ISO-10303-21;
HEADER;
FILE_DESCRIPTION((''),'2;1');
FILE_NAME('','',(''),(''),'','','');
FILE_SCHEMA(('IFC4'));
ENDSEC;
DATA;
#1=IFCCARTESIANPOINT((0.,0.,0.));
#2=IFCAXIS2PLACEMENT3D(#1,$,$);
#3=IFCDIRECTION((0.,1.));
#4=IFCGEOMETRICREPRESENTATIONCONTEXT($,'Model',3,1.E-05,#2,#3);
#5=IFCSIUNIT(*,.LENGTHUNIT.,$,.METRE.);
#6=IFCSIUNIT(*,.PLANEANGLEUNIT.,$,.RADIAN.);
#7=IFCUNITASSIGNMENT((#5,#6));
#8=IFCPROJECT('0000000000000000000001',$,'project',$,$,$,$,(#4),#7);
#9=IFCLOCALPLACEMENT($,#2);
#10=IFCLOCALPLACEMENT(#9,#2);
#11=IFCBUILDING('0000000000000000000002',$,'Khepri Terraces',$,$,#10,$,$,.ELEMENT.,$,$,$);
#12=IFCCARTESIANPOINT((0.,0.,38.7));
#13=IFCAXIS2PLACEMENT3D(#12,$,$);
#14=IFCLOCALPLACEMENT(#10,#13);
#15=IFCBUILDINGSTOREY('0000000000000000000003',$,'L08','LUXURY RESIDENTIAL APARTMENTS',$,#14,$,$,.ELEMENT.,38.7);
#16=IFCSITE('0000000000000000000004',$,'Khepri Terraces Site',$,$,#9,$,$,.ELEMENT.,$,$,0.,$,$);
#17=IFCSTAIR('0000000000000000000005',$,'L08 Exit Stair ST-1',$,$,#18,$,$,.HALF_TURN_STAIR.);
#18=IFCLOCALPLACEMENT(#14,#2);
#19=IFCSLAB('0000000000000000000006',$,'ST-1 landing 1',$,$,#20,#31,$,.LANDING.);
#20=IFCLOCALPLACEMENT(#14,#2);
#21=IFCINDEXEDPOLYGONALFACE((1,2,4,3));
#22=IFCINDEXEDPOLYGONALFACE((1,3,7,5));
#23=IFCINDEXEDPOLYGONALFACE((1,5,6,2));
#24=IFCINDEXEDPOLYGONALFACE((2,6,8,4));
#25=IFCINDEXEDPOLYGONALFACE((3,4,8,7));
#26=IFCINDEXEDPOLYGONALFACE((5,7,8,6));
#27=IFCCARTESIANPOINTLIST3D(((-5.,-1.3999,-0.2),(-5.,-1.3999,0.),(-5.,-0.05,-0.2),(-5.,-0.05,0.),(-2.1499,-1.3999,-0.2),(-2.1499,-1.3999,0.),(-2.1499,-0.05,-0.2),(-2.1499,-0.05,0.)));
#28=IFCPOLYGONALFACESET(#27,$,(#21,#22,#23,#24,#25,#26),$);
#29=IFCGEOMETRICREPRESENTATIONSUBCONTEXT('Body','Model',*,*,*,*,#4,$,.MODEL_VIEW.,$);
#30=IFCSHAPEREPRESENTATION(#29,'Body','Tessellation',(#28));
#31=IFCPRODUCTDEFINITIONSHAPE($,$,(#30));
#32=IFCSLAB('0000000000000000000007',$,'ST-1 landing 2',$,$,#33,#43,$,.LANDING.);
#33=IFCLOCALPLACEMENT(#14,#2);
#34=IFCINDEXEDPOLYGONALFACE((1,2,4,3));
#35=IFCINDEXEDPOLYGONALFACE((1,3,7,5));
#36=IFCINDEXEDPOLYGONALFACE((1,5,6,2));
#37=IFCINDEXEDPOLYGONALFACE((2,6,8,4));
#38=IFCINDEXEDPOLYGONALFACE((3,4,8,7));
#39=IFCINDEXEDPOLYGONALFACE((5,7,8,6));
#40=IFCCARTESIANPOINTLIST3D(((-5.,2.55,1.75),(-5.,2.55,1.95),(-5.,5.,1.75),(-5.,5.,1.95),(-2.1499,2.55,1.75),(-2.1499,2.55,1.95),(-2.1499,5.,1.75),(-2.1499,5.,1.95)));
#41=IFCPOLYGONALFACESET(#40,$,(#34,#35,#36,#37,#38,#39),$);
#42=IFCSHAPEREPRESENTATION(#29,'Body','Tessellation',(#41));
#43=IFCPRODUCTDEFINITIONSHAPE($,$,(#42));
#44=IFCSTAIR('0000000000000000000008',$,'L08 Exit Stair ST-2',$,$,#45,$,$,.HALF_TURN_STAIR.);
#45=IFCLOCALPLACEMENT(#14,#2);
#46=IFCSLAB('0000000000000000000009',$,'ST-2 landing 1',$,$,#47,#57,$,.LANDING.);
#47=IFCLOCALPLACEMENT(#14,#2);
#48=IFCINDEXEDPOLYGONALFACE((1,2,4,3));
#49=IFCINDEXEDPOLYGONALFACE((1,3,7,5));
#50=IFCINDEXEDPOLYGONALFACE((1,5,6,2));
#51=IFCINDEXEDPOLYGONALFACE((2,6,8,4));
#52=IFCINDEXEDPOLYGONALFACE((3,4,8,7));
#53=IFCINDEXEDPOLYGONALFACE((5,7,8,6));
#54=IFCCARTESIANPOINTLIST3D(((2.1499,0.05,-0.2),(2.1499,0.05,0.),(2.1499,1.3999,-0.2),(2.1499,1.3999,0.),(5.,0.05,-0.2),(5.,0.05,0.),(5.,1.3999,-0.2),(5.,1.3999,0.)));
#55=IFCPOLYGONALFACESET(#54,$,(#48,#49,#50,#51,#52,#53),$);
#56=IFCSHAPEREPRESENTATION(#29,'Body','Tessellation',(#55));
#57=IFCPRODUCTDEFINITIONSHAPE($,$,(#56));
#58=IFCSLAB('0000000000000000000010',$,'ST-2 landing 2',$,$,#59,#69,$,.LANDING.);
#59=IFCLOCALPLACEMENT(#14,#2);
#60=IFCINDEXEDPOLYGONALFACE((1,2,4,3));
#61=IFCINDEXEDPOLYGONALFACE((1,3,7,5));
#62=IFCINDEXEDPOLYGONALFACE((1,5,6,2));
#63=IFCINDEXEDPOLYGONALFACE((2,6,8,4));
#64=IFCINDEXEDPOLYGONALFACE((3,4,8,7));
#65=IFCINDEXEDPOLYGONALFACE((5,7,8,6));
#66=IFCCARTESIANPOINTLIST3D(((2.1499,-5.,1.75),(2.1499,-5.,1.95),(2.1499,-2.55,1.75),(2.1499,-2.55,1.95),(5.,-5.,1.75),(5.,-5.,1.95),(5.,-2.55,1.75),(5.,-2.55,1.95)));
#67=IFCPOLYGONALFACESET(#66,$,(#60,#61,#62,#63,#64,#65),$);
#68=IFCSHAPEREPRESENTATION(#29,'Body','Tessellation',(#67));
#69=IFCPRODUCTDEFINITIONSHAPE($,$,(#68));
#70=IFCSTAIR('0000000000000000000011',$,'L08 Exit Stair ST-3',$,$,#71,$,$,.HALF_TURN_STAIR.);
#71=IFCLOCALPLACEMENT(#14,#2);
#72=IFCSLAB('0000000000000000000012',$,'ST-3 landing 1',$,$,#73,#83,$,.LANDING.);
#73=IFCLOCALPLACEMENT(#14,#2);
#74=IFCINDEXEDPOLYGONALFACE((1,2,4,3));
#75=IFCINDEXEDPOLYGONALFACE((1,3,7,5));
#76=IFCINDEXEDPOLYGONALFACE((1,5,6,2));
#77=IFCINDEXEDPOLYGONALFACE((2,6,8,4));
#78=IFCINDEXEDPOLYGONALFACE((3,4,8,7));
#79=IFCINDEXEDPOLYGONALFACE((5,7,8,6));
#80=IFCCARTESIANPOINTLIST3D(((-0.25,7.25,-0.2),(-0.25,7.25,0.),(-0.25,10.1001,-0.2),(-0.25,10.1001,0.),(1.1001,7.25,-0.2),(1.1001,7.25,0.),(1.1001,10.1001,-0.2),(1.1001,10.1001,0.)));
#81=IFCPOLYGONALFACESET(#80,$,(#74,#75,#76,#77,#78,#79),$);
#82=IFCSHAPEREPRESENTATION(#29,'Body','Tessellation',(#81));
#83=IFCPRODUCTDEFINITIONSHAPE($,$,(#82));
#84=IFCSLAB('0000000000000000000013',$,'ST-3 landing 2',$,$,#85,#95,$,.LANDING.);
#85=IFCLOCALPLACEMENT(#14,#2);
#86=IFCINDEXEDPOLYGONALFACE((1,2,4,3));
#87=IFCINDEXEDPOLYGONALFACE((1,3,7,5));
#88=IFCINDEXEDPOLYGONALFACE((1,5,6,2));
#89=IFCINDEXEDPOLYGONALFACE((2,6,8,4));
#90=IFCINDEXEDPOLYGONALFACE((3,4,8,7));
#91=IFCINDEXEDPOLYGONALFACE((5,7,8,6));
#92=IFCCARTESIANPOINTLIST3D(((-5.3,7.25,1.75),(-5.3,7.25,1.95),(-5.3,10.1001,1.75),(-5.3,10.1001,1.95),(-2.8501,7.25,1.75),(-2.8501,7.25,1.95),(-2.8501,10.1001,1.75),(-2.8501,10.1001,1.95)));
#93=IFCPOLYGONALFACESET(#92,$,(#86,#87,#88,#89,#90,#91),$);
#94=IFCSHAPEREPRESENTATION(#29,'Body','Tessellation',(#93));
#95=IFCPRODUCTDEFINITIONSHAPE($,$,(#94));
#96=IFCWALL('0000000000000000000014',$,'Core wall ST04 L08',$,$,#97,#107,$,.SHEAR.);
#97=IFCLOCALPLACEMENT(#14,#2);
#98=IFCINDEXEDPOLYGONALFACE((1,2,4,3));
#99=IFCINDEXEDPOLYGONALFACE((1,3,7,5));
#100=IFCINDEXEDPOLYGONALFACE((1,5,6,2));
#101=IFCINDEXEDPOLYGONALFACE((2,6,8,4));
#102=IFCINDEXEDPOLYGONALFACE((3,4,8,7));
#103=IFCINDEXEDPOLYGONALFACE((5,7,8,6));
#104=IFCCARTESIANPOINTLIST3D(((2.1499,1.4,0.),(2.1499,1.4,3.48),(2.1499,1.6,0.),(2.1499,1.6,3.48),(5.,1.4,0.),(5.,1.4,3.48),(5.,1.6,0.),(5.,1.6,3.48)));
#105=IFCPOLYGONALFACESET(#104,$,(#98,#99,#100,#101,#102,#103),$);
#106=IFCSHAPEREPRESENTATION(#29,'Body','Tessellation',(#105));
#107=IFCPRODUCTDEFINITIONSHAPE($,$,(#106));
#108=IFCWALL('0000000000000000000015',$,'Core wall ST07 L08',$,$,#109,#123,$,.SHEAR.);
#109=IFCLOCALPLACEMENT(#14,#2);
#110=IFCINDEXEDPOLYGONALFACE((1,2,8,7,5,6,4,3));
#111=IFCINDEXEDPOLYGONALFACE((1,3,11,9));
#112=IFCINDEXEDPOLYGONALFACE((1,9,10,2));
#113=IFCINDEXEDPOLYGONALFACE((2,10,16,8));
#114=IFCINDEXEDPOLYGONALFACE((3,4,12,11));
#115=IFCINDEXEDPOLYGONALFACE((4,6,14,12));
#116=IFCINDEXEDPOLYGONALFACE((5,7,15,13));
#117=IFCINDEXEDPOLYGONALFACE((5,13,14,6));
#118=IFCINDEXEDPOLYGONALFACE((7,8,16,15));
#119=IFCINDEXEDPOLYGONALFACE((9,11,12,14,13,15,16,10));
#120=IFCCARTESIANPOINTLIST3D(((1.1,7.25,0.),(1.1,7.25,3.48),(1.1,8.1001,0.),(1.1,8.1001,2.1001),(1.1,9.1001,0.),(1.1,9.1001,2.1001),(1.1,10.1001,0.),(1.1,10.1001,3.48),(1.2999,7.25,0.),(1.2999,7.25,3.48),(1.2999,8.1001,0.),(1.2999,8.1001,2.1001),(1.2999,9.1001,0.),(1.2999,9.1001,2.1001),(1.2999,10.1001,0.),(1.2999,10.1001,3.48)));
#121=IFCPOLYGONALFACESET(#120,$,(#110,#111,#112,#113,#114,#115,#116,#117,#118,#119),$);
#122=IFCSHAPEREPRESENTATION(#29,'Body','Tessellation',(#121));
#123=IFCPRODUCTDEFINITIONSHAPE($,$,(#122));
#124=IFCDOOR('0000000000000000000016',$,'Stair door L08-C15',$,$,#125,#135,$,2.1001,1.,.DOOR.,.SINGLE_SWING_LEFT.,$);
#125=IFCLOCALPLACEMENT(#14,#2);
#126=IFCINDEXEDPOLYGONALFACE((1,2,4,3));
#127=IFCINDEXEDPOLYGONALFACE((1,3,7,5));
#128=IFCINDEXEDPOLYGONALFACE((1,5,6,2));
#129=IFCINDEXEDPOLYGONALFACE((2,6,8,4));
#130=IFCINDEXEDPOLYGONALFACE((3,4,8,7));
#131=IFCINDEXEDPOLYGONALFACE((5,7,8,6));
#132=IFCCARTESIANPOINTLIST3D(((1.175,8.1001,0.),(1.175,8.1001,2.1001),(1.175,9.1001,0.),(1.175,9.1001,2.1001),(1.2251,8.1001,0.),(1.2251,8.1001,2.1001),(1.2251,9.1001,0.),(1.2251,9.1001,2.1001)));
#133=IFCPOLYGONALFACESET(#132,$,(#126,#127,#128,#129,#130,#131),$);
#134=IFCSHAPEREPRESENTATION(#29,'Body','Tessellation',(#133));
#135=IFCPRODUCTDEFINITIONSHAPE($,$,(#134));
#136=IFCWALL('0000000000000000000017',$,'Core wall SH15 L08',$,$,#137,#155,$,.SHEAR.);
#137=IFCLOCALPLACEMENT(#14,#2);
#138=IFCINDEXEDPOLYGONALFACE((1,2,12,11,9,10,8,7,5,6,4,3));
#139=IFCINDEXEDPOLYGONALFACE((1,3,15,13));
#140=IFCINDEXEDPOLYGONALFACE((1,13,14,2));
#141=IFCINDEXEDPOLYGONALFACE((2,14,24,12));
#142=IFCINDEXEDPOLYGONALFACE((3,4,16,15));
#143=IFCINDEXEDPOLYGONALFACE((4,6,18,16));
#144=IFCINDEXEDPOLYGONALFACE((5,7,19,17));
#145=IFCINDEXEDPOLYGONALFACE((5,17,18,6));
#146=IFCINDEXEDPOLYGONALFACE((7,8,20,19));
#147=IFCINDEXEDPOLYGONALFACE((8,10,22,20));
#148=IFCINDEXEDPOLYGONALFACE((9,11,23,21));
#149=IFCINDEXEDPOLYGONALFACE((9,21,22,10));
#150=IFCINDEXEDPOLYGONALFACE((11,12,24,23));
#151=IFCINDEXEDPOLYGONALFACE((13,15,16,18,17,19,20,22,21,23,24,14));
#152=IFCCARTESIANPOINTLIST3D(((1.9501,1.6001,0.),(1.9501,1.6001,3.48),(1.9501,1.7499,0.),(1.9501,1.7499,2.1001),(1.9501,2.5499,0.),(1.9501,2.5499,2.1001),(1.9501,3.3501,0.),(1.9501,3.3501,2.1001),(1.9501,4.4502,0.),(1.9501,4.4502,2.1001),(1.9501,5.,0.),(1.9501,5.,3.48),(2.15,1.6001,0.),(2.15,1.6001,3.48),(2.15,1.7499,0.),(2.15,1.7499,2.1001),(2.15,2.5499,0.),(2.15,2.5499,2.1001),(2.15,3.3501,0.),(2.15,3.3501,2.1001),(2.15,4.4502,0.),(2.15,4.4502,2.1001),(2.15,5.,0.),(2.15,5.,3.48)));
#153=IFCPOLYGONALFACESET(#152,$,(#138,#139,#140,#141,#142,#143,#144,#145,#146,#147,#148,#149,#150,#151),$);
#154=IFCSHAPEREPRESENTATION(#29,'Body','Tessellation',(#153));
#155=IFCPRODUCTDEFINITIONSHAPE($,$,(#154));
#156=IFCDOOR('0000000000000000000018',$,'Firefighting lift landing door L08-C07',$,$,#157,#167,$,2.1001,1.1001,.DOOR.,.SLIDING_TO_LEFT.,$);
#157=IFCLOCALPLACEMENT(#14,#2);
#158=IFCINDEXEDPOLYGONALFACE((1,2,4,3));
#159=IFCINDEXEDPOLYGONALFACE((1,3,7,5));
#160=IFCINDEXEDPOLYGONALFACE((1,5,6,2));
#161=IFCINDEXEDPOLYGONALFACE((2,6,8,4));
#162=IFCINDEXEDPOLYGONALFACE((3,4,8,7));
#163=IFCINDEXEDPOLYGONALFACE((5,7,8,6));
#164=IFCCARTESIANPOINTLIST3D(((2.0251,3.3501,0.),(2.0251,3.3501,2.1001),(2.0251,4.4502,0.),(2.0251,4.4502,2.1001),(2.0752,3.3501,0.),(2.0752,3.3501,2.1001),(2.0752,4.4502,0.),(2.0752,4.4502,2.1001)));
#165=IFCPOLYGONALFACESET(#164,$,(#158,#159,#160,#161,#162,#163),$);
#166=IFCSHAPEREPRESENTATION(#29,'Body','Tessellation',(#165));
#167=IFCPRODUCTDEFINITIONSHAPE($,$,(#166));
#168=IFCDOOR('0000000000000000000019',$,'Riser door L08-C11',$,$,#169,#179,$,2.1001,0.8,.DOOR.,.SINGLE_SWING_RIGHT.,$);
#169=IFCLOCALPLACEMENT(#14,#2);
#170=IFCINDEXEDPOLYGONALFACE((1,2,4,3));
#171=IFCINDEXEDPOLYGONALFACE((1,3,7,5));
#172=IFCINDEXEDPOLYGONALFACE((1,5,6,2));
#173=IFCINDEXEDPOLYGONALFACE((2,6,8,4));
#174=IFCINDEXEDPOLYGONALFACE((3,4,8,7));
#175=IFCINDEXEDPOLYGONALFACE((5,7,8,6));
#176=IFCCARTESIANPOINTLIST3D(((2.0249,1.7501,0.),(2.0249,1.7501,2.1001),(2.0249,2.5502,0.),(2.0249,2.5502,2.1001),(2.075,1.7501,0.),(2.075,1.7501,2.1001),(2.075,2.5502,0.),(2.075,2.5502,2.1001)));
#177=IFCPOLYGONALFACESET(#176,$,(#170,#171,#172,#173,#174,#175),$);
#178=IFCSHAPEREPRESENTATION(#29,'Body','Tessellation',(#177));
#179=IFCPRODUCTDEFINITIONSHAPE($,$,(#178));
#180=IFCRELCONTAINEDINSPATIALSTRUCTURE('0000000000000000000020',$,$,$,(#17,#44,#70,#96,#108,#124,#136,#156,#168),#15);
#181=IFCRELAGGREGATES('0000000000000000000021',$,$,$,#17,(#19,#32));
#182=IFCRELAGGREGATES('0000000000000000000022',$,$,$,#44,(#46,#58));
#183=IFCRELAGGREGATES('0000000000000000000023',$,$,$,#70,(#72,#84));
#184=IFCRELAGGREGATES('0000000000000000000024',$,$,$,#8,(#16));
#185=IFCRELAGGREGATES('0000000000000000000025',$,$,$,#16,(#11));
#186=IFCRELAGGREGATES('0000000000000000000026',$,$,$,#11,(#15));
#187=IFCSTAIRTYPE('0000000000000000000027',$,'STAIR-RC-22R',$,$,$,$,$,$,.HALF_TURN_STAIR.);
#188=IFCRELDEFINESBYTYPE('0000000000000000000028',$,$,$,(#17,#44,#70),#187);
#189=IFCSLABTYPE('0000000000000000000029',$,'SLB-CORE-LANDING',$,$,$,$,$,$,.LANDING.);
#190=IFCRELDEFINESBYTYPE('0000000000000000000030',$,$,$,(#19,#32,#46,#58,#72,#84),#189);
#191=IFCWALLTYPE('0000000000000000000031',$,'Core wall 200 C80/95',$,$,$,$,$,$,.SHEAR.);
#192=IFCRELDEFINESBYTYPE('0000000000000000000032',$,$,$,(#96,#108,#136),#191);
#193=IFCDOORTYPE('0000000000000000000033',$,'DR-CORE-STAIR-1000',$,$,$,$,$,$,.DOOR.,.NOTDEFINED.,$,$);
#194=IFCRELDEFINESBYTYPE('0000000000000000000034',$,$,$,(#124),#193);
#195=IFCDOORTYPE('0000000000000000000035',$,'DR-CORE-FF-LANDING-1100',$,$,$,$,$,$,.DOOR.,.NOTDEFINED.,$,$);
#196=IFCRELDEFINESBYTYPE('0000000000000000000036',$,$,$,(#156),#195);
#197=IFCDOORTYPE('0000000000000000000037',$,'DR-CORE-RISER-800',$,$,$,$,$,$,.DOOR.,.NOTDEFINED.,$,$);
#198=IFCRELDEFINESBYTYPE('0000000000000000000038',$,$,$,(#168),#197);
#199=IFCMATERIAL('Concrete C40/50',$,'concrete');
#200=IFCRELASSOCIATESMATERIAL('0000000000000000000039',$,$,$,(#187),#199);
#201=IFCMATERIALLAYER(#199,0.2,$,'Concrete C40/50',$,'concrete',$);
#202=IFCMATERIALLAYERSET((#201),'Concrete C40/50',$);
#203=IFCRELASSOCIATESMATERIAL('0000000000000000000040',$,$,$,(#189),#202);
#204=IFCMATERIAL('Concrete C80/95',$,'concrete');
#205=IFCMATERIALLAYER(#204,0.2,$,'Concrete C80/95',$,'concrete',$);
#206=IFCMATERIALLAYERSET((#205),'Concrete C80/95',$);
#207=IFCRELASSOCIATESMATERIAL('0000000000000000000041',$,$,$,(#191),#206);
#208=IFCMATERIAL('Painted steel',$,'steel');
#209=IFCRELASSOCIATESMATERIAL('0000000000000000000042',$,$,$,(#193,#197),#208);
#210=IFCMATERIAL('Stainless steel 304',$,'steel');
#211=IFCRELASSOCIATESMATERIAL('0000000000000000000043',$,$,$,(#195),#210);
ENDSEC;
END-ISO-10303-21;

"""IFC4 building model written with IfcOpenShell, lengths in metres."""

from ifc_helpers import new_model, si_unit, direction, frame, frame_2d, origin, place, context, subcontext, project, spatial, polyline, rectangle, outline, extrude, material, layer, layer_set, type_object, element, fill, aggregate, save


model = new_model("IFC4")

# Units and contexts
model_context = context("Model", 3, precision=1e-05, world=origin(), true_north=direction((0.0, 1.0)))
body_context = subcontext(model_context, "Body", "Model", "MODEL_VIEW")
ifc_project = project(units=[si_unit("LENGTHUNIT", "METRE"), si_unit("PLANEANGLEUNIT", "RADIAN")], contexts=[model_context])

# Site, building, storey
site_placement = place(None, origin())
site = spatial("IfcSite", under=ifc_project, at=site_placement, Name="Khepri Terraces Site", CompositionType="ELEMENT", RefElevation=0.0)
building_placement = place(site_placement, origin())
building = spatial("IfcBuilding", under=site, at=building_placement, Name="Khepri Terraces", CompositionType="ELEMENT")
storey_placement = place(building_placement, frame((0.0, 0.0, 38.7)))
storey = spatial("IfcBuildingStorey", under=building, at=storey_placement, Name="L08", Description="LUXURY RESIDENTIAL APARTMENTS", CompositionType="ELEMENT", Elevation=38.7)

# Stairs, slabs
ifc_material_1 = material(Name="Concrete C40/50", Category="concrete")
stair_type = type_object("IfcStairType", Name="STAIR-RC-22R", PredefinedType="HALF_TURN_STAIR", material=ifc_material_1)
stair_1_placement = place(storey_placement, origin())
stair_1 = element("IfcStair", 1, at=stair_1_placement, inside=storey, type_object=stair_type, Name="L08 Exit Stair ST-1", PredefinedType="HALF_TURN_STAIR")
ifc_layer_1 = layer(ifc_material_1, 0.2, Name="Concrete C40/50", Category="concrete")
ifc_layer_set_1 = layer_set([ifc_layer_1], Name="Concrete C40/50")
slab_type = type_object("IfcSlabType", Name="SLB-CORE-LANDING", PredefinedType="LANDING", material=ifc_layer_set_1)
slab_1_placement = place(storey_placement, frame((0.0, 0.0, -0.2)))
slab_1 = element("IfcSlab", 2, at=slab_1_placement, type_object=slab_type, Name="ST-1 landing 1", PredefinedType="LANDING", context=body_context, shape_type="SweptSolid", body=[
    extrude(outline(polyline([(-2.1499, -1.3999), (-2.1499, -0.05), (-5.0, -0.05), (-5.0, -1.3999), (-2.1499, -1.3999)])), origin(), (0.0, 0.0, 1.0), 0.2),
])
slab_2_placement = place(storey_placement, frame((0.0, 0.0, 1.75)))
slab_2 = element("IfcSlab", 3, at=slab_2_placement, type_object=slab_type, Name="ST-1 landing 2", PredefinedType="LANDING", context=body_context, shape_type="SweptSolid", body=[
    extrude(outline(polyline([(-2.1499, 2.55), (-2.1499, 5.0), (-5.0, 5.0), (-5.0, 2.55), (-2.1499, 2.55)])), origin(), (0.0, 0.0, 1.0), 0.2),
])
aggregate(stair_1, [slab_1, slab_2])
stair_2_placement = place(storey_placement, origin())
stair_2 = element("IfcStair", 4, at=stair_2_placement, inside=storey, type_object=stair_type, Name="L08 Exit Stair ST-2", PredefinedType="HALF_TURN_STAIR")
slab_3_placement = place(storey_placement, frame((0.0, 0.0, -0.2)))
slab_3 = element("IfcSlab", 5, at=slab_3_placement, type_object=slab_type, Name="ST-2 landing 1", PredefinedType="LANDING", context=body_context, shape_type="SweptSolid", body=[
    extrude(outline(polyline([(2.1499, 1.3999), (2.1499, 0.05), (5.0, 0.05), (5.0, 1.3999), (2.1499, 1.3999)])), origin(), (0.0, 0.0, 1.0), 0.2),
])
slab_4_placement = place(storey_placement, frame((0.0, 0.0, 1.75)))
slab_4 = element("IfcSlab", 6, at=slab_4_placement, type_object=slab_type, Name="ST-2 landing 2", PredefinedType="LANDING", context=body_context, shape_type="SweptSolid", body=[
    extrude(outline(polyline([(2.1499, -2.55), (2.1499, -5.0), (5.0, -5.0), (5.0, -2.55), (2.1499, -2.55)])), origin(), (0.0, 0.0, 1.0), 0.2),
])
aggregate(stair_2, [slab_3, slab_4])
stair_3_placement = place(storey_placement, origin())
stair_3 = element("IfcStair", 7, at=stair_3_placement, inside=storey, type_object=stair_type, Name="L08 Exit Stair ST-3", PredefinedType="HALF_TURN_STAIR")
slab_5_placement = place(storey_placement, frame((0.0, 0.0, -0.2)))
slab_5 = element("IfcSlab", 8, at=slab_5_placement, type_object=slab_type, Name="ST-3 landing 1", PredefinedType="LANDING", context=body_context, shape_type="SweptSolid", body=[
    extrude(outline(polyline([(1.1001, 10.1001), (-0.25, 10.1001), (-0.25, 7.25), (1.1001, 7.25), (1.1001, 10.1001)])), origin(), (0.0, 0.0, 1.0), 0.2),
])
slab_6_placement = place(storey_placement, frame((0.0, 0.0, 1.75)))
slab_6 = element("IfcSlab", 9, at=slab_6_placement, type_object=slab_type, Name="ST-3 landing 2", PredefinedType="LANDING", context=body_context, shape_type="SweptSolid", body=[
    extrude(outline(polyline([(-2.8501, 10.1001), (-5.3, 10.1001), (-5.3, 7.25), (-2.8501, 7.25), (-2.8501, 10.1001)])), origin(), (0.0, 0.0, 1.0), 0.2),
])
aggregate(stair_3, [slab_5, slab_6])

# Wall
ifc_material_2 = material(Name="Concrete C80/95", Category="concrete")
ifc_layer_2 = layer(ifc_material_2, 0.2, Name="Concrete C80/95", Category="concrete")
ifc_layer_set_2 = layer_set([ifc_layer_2], Name="Concrete C80/95")
wall_type = type_object("IfcWallType", Name="Core wall 200 C80/95", PredefinedType="SHEAR", material=ifc_layer_set_2)
wall_1_placement = place(storey_placement, frame((2.1499, 1.5, 0.0), z_axis=(0.0, 0.0, 1.0), x_axis=(1.0, 0.0, 0.0)))
element("IfcWall", 10, at=wall_1_placement, inside=storey, type_object=wall_type, Name="Core wall ST04 L08", PredefinedType="SHEAR", context=body_context, shape_type="SweptSolid", body=[
    extrude(rectangle(XDim=2.8501, YDim=0.2, at=frame_2d((1.425, 0.0))), origin(), (0.0, 0.0, 1.0), 3.48),
])

# Wall, opening, door
wall_2_placement = place(storey_placement, frame((1.2, 7.25, 0.0), z_axis=(0.0, 0.0, 1.0), x_axis=(0.0, 1.0, 0.0)))
wall_2 = element("IfcWall", 11, at=wall_2_placement, inside=storey, type_object=wall_type, Name="Core wall ST07 L08", PredefinedType="SHEAR", context=body_context, shape_type="SweptSolid", body=[
    extrude(rectangle(XDim=2.8501, YDim=0.2, at=frame_2d((1.425, 0.0))), origin(), (0.0, 0.0, 1.0), 3.48),
])
opening_1_placement = place(wall_2_placement, frame((0.8501, 0.0, 0.0)))
opening_1 = element("IfcOpeningElement", 12, at=opening_1_placement, cuts=wall_2, PredefinedType="OPENING", context=body_context, shape_type="SweptSolid", body=[
    extrude(rectangle(XDim=1.0, YDim=2.1001, at=frame_2d((0.5, 1.05))), frame((0.0, 0.1099, 0.0), z_axis=(0.0, -1.0, 0.0), x_axis=(1.0, 0.0, 0.0)), (0.0, 0.0, 1.0), 0.22),
])
ifc_material_3 = material(Name="Painted steel", Category="steel")
door_type_1 = type_object("IfcDoorType", Name="DR-CORE-STAIR-1000", OperationType="NOTDEFINED", PredefinedType="DOOR", material=ifc_material_3)
door_1_placement = place(opening_1_placement, origin())
door_1 = element("IfcDoor", 13, at=door_1_placement, inside=storey, type_object=door_type_1, Name="Stair door L08-C15", OperationType="SINGLE_SWING_LEFT", OverallHeight=2.1001, OverallWidth=1.0, PredefinedType="DOOR", context=body_context, shape_type="SweptSolid", body=[
    extrude(rectangle(XDim=1.0, YDim=2.1001, at=frame_2d((0.5, 1.05))), frame((0.0, 0.0249, 0.0), z_axis=(0.0, -1.0, 0.0), x_axis=(1.0, 0.0, 0.0)), (0.0, 0.0, 1.0), 0.05),
])
fill(opening_1, door_1)

# Wall, openings, doors
wall_3_placement = place(storey_placement, frame((2.05, 1.6001, 0.0), z_axis=(0.0, 0.0, 1.0), x_axis=(0.0, 1.0, 0.0)))
wall_3 = element("IfcWall", 14, at=wall_3_placement, inside=storey, type_object=wall_type, Name="Core wall SH15 L08", PredefinedType="SHEAR", context=body_context, shape_type="SweptSolid", body=[
    extrude(rectangle(XDim=3.3999, YDim=0.2, at=frame_2d((1.7, 0.0))), origin(), (0.0, 0.0, 1.0), 3.48),
])
opening_2_placement = place(wall_3_placement, frame((1.75, 0.0, 0.0)))
opening_2 = element("IfcOpeningElement", 15, at=opening_2_placement, cuts=wall_3, PredefinedType="OPENING", context=body_context, shape_type="SweptSolid", body=[
    extrude(rectangle(XDim=1.1001, YDim=2.1001, at=frame_2d((0.55, 1.05))), frame((0.0, 0.1099, 0.0), z_axis=(0.0, -1.0, 0.0), x_axis=(1.0, 0.0, 0.0)), (0.0, 0.0, 1.0), 0.22),
])
opening_3_placement = place(wall_3_placement, frame((0.1499, 0.0, 0.0)))
opening_3 = element("IfcOpeningElement", 16, at=opening_3_placement, cuts=wall_3, PredefinedType="OPENING", context=body_context, shape_type="SweptSolid", body=[
    extrude(rectangle(XDim=0.8, YDim=2.1001, at=frame_2d((0.3999, 1.05))), frame((0.0, 0.1099, 0.0), z_axis=(0.0, -1.0, 0.0), x_axis=(1.0, 0.0, 0.0)), (0.0, 0.0, 1.0), 0.22),
])
ifc_material_4 = material(Name="Stainless steel 304", Category="steel")
door_type_2 = type_object("IfcDoorType", Name="DR-CORE-FF-LANDING-1100", OperationType="NOTDEFINED", PredefinedType="DOOR", material=ifc_material_4)
door_2_placement = place(opening_2_placement, origin())
door_2 = element("IfcDoor", 17, at=door_2_placement, inside=storey, type_object=door_type_2, Name="Firefighting lift landing door L08-C07", OperationType="SLIDING_TO_LEFT", OverallHeight=2.1001, OverallWidth=1.1001, PredefinedType="DOOR", context=body_context, shape_type="SweptSolid", body=[
    extrude(rectangle(XDim=1.1001, YDim=2.1001, at=frame_2d((0.55, 1.05))), frame((0.0, 0.0249, 0.0), z_axis=(0.0, -1.0, 0.0), x_axis=(1.0, 0.0, 0.0)), (0.0, 0.0, 1.0), 0.05),
])
fill(opening_2, door_2)
door_type_3 = type_object("IfcDoorType", Name="DR-CORE-RISER-800", OperationType="NOTDEFINED", PredefinedType="DOOR", material=ifc_material_3)
door_3_placement = place(opening_3_placement, frame((0.8, 0.0, 0.0), z_axis=(0.0, 0.0, 1.0), x_axis=(-1.0, 0.0, 0.0)))
door_3 = element("IfcDoor", 18, at=door_3_placement, inside=storey, type_object=door_type_3, Name="Riser door L08-C11", OperationType="SINGLE_SWING_RIGHT", OverallHeight=2.1001, OverallWidth=0.8, PredefinedType="DOOR", context=body_context, shape_type="SweptSolid", body=[
    extrude(rectangle(XDim=0.8, YDim=2.1001, at=frame_2d((0.3999, 1.05))), frame((0.0, 0.0249, 0.0), z_axis=(0.0, -1.0, 0.0), x_axis=(1.0, 0.0, 0.0)), (0.0, 0.0, 1.0), 0.05),
])
fill(opening_3, door_3)

save(model, "model.ifc")
